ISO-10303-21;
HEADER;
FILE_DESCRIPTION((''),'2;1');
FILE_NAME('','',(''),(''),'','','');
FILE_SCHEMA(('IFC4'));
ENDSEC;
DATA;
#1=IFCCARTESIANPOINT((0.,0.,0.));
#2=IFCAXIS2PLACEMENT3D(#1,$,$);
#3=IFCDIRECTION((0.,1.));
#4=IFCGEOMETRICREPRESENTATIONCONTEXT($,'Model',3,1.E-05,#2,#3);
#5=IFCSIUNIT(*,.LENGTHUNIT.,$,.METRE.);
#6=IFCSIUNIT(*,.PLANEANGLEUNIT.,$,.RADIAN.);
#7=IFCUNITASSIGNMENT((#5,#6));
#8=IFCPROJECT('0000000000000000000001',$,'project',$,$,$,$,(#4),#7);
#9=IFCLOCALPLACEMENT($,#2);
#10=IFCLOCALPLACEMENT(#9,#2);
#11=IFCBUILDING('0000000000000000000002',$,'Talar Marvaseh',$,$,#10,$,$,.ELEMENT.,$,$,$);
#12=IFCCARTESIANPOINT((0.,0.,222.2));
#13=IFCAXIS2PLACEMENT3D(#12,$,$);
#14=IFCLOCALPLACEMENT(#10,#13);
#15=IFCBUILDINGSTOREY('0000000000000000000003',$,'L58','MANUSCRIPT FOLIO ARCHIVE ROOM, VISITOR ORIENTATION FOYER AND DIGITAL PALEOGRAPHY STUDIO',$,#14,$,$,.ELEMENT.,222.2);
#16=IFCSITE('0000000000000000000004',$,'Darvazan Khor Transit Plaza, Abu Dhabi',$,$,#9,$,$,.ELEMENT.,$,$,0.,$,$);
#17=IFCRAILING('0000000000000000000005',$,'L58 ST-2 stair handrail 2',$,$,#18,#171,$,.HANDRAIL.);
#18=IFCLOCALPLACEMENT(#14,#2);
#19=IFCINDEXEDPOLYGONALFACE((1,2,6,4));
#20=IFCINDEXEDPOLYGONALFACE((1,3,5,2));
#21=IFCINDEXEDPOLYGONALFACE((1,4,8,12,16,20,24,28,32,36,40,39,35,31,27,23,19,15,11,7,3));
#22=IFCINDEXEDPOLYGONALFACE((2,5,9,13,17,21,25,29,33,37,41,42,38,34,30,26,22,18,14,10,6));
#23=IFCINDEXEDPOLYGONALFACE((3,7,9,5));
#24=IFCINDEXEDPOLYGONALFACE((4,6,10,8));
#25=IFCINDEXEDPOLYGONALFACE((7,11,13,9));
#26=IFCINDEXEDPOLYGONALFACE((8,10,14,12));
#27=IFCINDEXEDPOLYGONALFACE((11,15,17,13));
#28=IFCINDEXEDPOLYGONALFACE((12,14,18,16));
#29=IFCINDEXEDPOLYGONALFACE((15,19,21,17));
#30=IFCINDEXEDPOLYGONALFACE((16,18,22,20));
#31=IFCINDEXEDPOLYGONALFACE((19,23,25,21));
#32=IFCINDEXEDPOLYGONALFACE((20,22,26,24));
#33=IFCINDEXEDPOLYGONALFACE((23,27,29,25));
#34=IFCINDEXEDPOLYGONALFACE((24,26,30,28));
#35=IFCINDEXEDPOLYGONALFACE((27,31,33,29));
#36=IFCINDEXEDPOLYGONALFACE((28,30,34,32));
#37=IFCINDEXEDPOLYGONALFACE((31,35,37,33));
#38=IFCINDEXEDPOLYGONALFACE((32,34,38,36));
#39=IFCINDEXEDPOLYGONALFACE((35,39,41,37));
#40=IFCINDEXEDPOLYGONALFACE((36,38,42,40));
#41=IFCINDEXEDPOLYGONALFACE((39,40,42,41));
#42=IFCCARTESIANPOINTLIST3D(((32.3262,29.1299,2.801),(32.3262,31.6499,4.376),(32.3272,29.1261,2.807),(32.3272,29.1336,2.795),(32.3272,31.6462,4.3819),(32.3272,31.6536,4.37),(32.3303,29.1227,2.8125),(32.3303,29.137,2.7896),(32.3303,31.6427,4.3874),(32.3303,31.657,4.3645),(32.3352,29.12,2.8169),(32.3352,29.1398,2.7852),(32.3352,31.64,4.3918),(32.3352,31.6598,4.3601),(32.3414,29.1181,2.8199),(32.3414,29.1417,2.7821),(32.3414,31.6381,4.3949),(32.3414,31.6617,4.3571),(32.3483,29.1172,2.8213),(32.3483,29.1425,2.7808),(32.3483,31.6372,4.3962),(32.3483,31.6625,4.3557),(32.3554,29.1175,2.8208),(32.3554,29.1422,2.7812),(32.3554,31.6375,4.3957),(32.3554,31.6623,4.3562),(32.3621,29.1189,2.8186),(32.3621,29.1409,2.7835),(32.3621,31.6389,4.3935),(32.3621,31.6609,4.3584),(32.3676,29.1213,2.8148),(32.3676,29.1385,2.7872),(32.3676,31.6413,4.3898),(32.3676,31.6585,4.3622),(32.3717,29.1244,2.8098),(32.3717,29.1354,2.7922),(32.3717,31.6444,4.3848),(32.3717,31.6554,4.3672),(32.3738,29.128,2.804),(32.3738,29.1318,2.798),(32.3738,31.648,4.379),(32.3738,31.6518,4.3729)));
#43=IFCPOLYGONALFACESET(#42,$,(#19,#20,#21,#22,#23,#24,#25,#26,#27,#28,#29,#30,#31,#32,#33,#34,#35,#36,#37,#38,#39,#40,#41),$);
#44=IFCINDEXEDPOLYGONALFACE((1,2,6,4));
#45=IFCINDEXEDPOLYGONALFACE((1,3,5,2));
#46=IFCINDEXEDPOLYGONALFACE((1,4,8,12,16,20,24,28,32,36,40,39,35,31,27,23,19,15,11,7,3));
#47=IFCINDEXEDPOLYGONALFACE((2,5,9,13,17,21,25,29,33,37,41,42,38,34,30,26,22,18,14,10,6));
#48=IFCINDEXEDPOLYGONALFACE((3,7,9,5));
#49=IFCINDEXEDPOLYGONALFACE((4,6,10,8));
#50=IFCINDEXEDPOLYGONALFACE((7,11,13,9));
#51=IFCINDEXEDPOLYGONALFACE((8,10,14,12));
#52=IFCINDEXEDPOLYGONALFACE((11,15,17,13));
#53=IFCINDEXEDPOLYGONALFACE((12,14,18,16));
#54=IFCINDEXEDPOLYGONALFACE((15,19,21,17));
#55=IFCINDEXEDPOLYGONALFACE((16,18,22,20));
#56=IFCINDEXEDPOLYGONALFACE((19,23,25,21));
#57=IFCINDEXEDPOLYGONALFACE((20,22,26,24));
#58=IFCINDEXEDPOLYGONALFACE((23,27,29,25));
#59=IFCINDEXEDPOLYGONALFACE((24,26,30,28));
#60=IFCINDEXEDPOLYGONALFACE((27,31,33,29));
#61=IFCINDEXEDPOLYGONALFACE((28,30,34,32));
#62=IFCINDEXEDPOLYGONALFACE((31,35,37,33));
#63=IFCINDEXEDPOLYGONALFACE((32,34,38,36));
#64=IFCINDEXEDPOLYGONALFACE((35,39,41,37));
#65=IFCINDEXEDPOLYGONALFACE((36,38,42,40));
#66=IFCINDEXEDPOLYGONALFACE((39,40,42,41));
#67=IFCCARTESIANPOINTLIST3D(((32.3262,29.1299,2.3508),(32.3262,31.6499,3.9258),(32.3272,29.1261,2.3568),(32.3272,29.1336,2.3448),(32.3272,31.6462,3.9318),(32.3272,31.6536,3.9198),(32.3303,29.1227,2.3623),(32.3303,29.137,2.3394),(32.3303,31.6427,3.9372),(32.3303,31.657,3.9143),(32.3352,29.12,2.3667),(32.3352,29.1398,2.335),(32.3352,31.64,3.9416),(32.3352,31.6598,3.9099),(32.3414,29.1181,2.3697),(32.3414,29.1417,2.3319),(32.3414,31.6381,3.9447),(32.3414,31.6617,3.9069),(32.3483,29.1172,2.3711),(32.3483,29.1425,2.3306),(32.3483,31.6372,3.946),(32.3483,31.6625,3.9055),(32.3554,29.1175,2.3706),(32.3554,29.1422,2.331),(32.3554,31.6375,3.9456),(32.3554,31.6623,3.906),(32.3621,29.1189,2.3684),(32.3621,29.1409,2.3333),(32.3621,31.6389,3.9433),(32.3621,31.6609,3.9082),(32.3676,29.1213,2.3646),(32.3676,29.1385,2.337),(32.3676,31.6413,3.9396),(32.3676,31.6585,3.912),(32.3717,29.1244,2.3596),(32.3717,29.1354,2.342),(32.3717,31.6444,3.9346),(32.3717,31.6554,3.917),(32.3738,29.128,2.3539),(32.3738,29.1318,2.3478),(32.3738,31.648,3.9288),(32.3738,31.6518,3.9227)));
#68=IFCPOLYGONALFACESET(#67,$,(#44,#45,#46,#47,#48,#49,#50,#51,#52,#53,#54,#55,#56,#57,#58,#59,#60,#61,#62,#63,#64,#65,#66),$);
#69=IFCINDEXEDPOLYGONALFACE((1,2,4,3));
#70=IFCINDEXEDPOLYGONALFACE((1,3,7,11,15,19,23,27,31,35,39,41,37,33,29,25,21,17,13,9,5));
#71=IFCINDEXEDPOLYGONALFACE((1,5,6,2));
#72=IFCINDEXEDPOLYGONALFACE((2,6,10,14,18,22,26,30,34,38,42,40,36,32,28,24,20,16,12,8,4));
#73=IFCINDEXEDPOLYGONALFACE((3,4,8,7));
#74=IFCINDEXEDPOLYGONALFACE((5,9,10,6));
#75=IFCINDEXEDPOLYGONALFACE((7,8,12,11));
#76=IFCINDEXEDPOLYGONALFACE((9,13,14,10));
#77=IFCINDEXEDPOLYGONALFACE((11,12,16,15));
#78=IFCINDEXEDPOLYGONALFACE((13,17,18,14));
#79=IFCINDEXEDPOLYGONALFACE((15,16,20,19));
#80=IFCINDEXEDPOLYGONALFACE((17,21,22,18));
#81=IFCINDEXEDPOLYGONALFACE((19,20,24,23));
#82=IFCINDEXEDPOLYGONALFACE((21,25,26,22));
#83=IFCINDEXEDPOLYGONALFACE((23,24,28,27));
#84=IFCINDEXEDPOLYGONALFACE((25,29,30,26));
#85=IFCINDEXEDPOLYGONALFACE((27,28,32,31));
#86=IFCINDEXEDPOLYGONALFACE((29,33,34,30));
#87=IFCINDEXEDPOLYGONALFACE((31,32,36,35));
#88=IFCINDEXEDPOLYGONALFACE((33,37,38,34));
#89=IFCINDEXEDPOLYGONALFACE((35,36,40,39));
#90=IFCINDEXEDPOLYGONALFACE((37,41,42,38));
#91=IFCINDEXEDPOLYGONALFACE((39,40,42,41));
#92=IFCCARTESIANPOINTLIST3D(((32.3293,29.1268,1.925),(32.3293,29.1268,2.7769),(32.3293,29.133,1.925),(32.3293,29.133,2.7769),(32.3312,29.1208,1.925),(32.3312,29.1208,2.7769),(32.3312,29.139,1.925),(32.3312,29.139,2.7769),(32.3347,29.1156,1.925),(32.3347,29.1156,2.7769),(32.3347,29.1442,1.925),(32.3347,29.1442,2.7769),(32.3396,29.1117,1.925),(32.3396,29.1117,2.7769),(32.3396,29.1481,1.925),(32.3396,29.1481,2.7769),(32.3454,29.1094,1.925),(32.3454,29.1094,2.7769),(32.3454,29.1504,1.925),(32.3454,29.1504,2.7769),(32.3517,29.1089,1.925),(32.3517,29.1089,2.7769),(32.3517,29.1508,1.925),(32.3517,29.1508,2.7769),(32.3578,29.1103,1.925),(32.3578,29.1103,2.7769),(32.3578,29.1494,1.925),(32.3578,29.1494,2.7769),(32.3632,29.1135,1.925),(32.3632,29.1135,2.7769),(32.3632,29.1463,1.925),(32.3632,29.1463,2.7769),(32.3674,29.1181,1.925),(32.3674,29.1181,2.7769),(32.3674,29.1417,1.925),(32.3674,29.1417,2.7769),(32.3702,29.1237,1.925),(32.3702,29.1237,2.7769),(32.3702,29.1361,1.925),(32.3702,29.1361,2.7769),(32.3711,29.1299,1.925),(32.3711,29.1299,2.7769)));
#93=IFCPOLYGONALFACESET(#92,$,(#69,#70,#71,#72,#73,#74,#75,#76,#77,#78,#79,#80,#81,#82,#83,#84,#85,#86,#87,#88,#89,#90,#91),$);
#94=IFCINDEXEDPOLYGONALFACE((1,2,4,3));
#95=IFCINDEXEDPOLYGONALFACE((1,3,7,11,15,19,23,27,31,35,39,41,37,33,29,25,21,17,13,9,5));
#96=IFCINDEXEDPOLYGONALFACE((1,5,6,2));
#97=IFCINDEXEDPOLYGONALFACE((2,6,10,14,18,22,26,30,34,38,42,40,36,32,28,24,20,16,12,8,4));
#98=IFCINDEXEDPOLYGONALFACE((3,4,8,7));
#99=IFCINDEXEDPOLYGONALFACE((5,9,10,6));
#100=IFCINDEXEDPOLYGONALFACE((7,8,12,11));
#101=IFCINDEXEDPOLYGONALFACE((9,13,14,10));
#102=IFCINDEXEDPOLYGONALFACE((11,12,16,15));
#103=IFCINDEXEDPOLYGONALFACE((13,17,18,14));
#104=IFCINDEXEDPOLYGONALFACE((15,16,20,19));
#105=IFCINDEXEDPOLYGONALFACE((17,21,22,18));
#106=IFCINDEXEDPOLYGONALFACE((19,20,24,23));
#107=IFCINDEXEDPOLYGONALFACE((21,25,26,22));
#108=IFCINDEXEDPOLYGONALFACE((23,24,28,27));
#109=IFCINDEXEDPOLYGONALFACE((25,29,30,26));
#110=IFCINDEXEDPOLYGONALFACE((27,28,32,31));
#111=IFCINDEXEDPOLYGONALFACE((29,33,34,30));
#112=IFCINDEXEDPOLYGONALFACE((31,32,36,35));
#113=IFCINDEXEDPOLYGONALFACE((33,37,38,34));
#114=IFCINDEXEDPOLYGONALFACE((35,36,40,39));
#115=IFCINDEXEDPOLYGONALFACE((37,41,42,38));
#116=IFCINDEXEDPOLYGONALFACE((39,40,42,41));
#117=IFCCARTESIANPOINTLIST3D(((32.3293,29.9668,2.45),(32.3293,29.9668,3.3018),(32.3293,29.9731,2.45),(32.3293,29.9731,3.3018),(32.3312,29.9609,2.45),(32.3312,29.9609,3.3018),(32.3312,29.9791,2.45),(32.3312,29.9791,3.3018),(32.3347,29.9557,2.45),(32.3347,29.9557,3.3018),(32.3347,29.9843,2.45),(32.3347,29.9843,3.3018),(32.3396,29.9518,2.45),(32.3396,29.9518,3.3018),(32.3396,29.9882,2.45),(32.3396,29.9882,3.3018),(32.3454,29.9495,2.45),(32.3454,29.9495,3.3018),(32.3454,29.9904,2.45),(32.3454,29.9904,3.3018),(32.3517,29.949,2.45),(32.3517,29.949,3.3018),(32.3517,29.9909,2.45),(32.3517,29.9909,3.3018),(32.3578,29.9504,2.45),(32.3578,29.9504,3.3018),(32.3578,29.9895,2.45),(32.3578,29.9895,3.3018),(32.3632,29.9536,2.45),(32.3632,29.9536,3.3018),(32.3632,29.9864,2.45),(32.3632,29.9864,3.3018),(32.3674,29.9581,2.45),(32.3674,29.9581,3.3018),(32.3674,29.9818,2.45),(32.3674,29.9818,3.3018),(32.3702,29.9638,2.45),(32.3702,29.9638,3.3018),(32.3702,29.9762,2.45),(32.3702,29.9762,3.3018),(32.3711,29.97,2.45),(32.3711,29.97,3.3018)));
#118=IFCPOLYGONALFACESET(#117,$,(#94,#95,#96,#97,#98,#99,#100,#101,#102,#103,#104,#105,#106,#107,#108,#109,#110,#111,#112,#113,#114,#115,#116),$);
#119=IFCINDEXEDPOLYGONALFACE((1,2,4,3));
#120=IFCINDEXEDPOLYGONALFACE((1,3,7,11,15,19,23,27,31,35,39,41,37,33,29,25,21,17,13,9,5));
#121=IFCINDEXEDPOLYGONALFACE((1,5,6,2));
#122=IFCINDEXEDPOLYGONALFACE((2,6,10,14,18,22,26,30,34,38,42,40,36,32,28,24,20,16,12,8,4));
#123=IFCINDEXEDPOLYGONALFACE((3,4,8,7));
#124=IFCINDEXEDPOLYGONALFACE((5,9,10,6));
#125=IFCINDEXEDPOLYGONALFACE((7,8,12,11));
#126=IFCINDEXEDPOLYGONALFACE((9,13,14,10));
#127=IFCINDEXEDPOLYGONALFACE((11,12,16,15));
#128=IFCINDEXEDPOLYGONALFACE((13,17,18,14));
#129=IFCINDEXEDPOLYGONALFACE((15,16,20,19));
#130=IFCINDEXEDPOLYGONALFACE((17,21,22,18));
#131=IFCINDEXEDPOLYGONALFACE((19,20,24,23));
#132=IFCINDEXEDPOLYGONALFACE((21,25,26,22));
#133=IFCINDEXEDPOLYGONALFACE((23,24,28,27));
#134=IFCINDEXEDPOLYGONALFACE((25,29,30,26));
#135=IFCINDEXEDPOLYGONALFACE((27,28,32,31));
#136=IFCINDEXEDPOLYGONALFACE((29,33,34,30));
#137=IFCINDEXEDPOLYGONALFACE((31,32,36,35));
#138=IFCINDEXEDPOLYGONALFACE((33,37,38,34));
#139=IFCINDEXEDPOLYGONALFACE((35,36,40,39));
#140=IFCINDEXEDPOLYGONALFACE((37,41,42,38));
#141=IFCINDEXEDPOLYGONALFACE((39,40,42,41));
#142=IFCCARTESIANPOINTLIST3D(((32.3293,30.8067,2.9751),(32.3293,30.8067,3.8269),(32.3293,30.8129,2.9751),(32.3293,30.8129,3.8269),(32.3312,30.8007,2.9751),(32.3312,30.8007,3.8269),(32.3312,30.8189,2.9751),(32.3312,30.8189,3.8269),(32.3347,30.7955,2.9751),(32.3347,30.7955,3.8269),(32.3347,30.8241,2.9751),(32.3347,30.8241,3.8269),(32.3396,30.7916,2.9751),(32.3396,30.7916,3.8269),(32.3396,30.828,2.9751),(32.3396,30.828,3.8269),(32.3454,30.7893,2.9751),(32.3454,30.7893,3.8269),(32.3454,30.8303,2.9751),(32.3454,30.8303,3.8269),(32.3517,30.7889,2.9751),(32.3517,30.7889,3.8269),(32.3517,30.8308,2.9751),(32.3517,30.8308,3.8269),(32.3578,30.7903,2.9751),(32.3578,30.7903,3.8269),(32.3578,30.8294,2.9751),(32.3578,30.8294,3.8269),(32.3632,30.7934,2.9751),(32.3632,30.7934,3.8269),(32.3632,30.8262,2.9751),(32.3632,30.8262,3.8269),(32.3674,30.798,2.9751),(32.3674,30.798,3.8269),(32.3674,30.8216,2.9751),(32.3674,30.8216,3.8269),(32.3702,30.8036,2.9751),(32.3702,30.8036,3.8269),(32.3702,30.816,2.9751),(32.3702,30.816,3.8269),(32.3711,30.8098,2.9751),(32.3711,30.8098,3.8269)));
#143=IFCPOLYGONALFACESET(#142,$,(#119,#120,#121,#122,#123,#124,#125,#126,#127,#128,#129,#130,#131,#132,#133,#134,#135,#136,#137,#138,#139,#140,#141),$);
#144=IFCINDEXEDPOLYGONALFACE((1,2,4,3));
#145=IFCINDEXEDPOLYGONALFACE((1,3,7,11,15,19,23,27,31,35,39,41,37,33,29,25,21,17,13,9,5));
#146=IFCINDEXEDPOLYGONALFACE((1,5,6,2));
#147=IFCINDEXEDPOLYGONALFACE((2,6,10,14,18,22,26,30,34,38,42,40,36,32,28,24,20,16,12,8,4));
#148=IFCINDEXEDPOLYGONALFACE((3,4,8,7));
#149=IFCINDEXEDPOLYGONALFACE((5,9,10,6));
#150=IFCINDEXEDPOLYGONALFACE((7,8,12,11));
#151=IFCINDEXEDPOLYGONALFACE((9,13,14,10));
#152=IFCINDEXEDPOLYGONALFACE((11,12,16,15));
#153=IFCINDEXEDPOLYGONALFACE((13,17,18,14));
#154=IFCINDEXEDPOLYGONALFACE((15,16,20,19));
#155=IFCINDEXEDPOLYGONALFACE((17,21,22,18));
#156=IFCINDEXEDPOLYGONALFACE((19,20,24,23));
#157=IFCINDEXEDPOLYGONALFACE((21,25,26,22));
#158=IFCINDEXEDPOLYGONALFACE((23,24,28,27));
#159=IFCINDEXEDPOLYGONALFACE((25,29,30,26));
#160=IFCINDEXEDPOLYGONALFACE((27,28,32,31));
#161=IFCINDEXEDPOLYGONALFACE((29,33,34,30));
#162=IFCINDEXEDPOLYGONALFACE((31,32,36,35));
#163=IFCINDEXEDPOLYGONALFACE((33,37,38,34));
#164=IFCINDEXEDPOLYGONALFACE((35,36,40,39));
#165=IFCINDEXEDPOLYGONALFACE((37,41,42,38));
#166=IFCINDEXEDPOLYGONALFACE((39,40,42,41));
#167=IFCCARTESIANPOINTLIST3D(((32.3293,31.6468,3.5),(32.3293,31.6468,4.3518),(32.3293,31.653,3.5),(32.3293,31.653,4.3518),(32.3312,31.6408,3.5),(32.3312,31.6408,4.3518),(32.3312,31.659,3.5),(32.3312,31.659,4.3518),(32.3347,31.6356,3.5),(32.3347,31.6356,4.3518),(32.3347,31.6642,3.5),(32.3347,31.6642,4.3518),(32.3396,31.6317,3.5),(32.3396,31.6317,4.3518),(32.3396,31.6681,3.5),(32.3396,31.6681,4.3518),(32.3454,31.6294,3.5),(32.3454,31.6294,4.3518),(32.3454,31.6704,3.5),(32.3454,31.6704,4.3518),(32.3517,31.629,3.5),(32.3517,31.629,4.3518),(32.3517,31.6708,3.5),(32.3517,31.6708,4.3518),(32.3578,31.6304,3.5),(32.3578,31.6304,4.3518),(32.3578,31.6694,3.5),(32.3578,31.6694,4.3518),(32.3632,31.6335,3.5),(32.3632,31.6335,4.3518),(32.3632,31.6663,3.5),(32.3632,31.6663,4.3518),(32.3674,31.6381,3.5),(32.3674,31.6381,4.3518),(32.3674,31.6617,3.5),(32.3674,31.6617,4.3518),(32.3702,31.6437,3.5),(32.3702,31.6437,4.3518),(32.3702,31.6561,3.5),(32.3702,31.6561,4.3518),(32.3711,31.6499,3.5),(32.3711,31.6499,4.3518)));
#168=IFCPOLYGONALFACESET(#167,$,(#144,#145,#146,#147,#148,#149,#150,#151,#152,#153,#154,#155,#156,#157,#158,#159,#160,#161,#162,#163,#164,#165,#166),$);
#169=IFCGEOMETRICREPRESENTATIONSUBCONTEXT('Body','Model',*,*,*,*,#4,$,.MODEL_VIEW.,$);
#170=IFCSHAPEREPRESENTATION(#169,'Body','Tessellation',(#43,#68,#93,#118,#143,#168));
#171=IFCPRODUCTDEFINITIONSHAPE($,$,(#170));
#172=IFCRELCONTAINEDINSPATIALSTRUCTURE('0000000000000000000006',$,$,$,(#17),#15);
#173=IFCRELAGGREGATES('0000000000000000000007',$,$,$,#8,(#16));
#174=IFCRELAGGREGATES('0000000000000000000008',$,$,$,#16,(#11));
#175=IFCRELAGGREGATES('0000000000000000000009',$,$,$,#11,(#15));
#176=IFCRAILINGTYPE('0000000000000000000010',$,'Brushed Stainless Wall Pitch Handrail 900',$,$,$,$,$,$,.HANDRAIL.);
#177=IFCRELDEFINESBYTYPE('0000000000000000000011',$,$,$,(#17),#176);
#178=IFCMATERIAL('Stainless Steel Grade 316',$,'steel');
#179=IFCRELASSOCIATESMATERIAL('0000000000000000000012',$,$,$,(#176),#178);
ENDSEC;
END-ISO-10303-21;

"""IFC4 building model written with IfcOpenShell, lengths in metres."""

from ifc_helpers import new_model, si_unit, direction, frame, origin, origin_2d, place, context, subcontext, project, spatial, circle, extrude, material, type_object, element, save


model = new_model("IFC4")

# Units and contexts
model_context = context("Model", 3, precision=1e-05, world=origin(), true_north=direction((0.0, 1.0)))
body_context = subcontext(model_context, "Body", "Model", "MODEL_VIEW")
ifc_project = project(units=[si_unit("LENGTHUNIT", "METRE"), si_unit("PLANEANGLEUNIT", "RADIAN")], contexts=[model_context])

# Site, building, storey
site_placement = place(None, origin())
site = spatial("IfcSite", under=ifc_project, at=site_placement, Name="Darvazan Khor Transit Plaza, Abu Dhabi", CompositionType="ELEMENT", RefElevation=0.0)
building_placement = place(site_placement, origin())
building = spatial("IfcBuilding", under=site, at=building_placement, Name="Talar Marvaseh", CompositionType="ELEMENT")
storey_placement = place(building_placement, frame((0.0, 0.0, 222.2)))
storey = spatial("IfcBuildingStorey", under=building, at=storey_placement, Name="L58", Description="MANUSCRIPT FOLIO ARCHIVE ROOM, VISITOR ORIENTATION FOYER AND DIGITAL PALEOGRAPHY STUDIO", CompositionType="ELEMENT", Elevation=222.2)

# Shared definitions
ifc_material_1 = material(Name="Stainless Steel Grade 316", Category="steel")

# Railing
railing_type_1 = type_object("IfcRailingType", Name="Brushed Stainless Wall Pitch Handrail 900", PredefinedType="HANDRAIL", material=ifc_material_1)
railing_1_placement = place(storey_placement, frame((32.3501, 29.1299, 1.925)))
element("IfcRailing", 1, at=railing_1_placement, inside=storey, type_object=railing_type_1, Name="L58 ST-2 stair handrail 2", PredefinedType="HANDRAIL", context=body_context, shape_type="SweptSolid", body=[
    extrude(circle(Radius=0.0239, at=origin_2d()), frame((0.0, 0.0, 0.876), z_axis=(0.0, 0.848008, 0.529984), x_axis=(-1.0, 0.0, 0.0)), (0.0, 0.0, 1.0), 2.9717),
    extrude(circle(Radius=0.0239, at=origin_2d()), frame((0.0, 0.0, 0.4258), z_axis=(0.0, 0.848008, 0.529984), x_axis=(-1.0, 0.0, 0.0)), (0.0, 0.0, 1.0), 2.9717),
    extrude(circle(Radius=0.021, at=origin_2d()), origin(), (0.0, 0.0, 1.0), 0.8518),
    extrude(circle(Radius=0.021, at=origin_2d()), frame((0.0, 0.8401, 0.5249)), (0.0, 0.0, 1.0), 0.8518),
    extrude(circle(Radius=0.021, at=origin_2d()), frame((0.0, 1.6799, 1.05)), (0.0, 0.0, 1.0), 0.8518),
    extrude(circle(Radius=0.021, at=origin_2d()), frame((0.0, 2.52, 1.575)), (0.0, 0.0, 1.0), 0.8518),
])

save(model, "model.ifc")
